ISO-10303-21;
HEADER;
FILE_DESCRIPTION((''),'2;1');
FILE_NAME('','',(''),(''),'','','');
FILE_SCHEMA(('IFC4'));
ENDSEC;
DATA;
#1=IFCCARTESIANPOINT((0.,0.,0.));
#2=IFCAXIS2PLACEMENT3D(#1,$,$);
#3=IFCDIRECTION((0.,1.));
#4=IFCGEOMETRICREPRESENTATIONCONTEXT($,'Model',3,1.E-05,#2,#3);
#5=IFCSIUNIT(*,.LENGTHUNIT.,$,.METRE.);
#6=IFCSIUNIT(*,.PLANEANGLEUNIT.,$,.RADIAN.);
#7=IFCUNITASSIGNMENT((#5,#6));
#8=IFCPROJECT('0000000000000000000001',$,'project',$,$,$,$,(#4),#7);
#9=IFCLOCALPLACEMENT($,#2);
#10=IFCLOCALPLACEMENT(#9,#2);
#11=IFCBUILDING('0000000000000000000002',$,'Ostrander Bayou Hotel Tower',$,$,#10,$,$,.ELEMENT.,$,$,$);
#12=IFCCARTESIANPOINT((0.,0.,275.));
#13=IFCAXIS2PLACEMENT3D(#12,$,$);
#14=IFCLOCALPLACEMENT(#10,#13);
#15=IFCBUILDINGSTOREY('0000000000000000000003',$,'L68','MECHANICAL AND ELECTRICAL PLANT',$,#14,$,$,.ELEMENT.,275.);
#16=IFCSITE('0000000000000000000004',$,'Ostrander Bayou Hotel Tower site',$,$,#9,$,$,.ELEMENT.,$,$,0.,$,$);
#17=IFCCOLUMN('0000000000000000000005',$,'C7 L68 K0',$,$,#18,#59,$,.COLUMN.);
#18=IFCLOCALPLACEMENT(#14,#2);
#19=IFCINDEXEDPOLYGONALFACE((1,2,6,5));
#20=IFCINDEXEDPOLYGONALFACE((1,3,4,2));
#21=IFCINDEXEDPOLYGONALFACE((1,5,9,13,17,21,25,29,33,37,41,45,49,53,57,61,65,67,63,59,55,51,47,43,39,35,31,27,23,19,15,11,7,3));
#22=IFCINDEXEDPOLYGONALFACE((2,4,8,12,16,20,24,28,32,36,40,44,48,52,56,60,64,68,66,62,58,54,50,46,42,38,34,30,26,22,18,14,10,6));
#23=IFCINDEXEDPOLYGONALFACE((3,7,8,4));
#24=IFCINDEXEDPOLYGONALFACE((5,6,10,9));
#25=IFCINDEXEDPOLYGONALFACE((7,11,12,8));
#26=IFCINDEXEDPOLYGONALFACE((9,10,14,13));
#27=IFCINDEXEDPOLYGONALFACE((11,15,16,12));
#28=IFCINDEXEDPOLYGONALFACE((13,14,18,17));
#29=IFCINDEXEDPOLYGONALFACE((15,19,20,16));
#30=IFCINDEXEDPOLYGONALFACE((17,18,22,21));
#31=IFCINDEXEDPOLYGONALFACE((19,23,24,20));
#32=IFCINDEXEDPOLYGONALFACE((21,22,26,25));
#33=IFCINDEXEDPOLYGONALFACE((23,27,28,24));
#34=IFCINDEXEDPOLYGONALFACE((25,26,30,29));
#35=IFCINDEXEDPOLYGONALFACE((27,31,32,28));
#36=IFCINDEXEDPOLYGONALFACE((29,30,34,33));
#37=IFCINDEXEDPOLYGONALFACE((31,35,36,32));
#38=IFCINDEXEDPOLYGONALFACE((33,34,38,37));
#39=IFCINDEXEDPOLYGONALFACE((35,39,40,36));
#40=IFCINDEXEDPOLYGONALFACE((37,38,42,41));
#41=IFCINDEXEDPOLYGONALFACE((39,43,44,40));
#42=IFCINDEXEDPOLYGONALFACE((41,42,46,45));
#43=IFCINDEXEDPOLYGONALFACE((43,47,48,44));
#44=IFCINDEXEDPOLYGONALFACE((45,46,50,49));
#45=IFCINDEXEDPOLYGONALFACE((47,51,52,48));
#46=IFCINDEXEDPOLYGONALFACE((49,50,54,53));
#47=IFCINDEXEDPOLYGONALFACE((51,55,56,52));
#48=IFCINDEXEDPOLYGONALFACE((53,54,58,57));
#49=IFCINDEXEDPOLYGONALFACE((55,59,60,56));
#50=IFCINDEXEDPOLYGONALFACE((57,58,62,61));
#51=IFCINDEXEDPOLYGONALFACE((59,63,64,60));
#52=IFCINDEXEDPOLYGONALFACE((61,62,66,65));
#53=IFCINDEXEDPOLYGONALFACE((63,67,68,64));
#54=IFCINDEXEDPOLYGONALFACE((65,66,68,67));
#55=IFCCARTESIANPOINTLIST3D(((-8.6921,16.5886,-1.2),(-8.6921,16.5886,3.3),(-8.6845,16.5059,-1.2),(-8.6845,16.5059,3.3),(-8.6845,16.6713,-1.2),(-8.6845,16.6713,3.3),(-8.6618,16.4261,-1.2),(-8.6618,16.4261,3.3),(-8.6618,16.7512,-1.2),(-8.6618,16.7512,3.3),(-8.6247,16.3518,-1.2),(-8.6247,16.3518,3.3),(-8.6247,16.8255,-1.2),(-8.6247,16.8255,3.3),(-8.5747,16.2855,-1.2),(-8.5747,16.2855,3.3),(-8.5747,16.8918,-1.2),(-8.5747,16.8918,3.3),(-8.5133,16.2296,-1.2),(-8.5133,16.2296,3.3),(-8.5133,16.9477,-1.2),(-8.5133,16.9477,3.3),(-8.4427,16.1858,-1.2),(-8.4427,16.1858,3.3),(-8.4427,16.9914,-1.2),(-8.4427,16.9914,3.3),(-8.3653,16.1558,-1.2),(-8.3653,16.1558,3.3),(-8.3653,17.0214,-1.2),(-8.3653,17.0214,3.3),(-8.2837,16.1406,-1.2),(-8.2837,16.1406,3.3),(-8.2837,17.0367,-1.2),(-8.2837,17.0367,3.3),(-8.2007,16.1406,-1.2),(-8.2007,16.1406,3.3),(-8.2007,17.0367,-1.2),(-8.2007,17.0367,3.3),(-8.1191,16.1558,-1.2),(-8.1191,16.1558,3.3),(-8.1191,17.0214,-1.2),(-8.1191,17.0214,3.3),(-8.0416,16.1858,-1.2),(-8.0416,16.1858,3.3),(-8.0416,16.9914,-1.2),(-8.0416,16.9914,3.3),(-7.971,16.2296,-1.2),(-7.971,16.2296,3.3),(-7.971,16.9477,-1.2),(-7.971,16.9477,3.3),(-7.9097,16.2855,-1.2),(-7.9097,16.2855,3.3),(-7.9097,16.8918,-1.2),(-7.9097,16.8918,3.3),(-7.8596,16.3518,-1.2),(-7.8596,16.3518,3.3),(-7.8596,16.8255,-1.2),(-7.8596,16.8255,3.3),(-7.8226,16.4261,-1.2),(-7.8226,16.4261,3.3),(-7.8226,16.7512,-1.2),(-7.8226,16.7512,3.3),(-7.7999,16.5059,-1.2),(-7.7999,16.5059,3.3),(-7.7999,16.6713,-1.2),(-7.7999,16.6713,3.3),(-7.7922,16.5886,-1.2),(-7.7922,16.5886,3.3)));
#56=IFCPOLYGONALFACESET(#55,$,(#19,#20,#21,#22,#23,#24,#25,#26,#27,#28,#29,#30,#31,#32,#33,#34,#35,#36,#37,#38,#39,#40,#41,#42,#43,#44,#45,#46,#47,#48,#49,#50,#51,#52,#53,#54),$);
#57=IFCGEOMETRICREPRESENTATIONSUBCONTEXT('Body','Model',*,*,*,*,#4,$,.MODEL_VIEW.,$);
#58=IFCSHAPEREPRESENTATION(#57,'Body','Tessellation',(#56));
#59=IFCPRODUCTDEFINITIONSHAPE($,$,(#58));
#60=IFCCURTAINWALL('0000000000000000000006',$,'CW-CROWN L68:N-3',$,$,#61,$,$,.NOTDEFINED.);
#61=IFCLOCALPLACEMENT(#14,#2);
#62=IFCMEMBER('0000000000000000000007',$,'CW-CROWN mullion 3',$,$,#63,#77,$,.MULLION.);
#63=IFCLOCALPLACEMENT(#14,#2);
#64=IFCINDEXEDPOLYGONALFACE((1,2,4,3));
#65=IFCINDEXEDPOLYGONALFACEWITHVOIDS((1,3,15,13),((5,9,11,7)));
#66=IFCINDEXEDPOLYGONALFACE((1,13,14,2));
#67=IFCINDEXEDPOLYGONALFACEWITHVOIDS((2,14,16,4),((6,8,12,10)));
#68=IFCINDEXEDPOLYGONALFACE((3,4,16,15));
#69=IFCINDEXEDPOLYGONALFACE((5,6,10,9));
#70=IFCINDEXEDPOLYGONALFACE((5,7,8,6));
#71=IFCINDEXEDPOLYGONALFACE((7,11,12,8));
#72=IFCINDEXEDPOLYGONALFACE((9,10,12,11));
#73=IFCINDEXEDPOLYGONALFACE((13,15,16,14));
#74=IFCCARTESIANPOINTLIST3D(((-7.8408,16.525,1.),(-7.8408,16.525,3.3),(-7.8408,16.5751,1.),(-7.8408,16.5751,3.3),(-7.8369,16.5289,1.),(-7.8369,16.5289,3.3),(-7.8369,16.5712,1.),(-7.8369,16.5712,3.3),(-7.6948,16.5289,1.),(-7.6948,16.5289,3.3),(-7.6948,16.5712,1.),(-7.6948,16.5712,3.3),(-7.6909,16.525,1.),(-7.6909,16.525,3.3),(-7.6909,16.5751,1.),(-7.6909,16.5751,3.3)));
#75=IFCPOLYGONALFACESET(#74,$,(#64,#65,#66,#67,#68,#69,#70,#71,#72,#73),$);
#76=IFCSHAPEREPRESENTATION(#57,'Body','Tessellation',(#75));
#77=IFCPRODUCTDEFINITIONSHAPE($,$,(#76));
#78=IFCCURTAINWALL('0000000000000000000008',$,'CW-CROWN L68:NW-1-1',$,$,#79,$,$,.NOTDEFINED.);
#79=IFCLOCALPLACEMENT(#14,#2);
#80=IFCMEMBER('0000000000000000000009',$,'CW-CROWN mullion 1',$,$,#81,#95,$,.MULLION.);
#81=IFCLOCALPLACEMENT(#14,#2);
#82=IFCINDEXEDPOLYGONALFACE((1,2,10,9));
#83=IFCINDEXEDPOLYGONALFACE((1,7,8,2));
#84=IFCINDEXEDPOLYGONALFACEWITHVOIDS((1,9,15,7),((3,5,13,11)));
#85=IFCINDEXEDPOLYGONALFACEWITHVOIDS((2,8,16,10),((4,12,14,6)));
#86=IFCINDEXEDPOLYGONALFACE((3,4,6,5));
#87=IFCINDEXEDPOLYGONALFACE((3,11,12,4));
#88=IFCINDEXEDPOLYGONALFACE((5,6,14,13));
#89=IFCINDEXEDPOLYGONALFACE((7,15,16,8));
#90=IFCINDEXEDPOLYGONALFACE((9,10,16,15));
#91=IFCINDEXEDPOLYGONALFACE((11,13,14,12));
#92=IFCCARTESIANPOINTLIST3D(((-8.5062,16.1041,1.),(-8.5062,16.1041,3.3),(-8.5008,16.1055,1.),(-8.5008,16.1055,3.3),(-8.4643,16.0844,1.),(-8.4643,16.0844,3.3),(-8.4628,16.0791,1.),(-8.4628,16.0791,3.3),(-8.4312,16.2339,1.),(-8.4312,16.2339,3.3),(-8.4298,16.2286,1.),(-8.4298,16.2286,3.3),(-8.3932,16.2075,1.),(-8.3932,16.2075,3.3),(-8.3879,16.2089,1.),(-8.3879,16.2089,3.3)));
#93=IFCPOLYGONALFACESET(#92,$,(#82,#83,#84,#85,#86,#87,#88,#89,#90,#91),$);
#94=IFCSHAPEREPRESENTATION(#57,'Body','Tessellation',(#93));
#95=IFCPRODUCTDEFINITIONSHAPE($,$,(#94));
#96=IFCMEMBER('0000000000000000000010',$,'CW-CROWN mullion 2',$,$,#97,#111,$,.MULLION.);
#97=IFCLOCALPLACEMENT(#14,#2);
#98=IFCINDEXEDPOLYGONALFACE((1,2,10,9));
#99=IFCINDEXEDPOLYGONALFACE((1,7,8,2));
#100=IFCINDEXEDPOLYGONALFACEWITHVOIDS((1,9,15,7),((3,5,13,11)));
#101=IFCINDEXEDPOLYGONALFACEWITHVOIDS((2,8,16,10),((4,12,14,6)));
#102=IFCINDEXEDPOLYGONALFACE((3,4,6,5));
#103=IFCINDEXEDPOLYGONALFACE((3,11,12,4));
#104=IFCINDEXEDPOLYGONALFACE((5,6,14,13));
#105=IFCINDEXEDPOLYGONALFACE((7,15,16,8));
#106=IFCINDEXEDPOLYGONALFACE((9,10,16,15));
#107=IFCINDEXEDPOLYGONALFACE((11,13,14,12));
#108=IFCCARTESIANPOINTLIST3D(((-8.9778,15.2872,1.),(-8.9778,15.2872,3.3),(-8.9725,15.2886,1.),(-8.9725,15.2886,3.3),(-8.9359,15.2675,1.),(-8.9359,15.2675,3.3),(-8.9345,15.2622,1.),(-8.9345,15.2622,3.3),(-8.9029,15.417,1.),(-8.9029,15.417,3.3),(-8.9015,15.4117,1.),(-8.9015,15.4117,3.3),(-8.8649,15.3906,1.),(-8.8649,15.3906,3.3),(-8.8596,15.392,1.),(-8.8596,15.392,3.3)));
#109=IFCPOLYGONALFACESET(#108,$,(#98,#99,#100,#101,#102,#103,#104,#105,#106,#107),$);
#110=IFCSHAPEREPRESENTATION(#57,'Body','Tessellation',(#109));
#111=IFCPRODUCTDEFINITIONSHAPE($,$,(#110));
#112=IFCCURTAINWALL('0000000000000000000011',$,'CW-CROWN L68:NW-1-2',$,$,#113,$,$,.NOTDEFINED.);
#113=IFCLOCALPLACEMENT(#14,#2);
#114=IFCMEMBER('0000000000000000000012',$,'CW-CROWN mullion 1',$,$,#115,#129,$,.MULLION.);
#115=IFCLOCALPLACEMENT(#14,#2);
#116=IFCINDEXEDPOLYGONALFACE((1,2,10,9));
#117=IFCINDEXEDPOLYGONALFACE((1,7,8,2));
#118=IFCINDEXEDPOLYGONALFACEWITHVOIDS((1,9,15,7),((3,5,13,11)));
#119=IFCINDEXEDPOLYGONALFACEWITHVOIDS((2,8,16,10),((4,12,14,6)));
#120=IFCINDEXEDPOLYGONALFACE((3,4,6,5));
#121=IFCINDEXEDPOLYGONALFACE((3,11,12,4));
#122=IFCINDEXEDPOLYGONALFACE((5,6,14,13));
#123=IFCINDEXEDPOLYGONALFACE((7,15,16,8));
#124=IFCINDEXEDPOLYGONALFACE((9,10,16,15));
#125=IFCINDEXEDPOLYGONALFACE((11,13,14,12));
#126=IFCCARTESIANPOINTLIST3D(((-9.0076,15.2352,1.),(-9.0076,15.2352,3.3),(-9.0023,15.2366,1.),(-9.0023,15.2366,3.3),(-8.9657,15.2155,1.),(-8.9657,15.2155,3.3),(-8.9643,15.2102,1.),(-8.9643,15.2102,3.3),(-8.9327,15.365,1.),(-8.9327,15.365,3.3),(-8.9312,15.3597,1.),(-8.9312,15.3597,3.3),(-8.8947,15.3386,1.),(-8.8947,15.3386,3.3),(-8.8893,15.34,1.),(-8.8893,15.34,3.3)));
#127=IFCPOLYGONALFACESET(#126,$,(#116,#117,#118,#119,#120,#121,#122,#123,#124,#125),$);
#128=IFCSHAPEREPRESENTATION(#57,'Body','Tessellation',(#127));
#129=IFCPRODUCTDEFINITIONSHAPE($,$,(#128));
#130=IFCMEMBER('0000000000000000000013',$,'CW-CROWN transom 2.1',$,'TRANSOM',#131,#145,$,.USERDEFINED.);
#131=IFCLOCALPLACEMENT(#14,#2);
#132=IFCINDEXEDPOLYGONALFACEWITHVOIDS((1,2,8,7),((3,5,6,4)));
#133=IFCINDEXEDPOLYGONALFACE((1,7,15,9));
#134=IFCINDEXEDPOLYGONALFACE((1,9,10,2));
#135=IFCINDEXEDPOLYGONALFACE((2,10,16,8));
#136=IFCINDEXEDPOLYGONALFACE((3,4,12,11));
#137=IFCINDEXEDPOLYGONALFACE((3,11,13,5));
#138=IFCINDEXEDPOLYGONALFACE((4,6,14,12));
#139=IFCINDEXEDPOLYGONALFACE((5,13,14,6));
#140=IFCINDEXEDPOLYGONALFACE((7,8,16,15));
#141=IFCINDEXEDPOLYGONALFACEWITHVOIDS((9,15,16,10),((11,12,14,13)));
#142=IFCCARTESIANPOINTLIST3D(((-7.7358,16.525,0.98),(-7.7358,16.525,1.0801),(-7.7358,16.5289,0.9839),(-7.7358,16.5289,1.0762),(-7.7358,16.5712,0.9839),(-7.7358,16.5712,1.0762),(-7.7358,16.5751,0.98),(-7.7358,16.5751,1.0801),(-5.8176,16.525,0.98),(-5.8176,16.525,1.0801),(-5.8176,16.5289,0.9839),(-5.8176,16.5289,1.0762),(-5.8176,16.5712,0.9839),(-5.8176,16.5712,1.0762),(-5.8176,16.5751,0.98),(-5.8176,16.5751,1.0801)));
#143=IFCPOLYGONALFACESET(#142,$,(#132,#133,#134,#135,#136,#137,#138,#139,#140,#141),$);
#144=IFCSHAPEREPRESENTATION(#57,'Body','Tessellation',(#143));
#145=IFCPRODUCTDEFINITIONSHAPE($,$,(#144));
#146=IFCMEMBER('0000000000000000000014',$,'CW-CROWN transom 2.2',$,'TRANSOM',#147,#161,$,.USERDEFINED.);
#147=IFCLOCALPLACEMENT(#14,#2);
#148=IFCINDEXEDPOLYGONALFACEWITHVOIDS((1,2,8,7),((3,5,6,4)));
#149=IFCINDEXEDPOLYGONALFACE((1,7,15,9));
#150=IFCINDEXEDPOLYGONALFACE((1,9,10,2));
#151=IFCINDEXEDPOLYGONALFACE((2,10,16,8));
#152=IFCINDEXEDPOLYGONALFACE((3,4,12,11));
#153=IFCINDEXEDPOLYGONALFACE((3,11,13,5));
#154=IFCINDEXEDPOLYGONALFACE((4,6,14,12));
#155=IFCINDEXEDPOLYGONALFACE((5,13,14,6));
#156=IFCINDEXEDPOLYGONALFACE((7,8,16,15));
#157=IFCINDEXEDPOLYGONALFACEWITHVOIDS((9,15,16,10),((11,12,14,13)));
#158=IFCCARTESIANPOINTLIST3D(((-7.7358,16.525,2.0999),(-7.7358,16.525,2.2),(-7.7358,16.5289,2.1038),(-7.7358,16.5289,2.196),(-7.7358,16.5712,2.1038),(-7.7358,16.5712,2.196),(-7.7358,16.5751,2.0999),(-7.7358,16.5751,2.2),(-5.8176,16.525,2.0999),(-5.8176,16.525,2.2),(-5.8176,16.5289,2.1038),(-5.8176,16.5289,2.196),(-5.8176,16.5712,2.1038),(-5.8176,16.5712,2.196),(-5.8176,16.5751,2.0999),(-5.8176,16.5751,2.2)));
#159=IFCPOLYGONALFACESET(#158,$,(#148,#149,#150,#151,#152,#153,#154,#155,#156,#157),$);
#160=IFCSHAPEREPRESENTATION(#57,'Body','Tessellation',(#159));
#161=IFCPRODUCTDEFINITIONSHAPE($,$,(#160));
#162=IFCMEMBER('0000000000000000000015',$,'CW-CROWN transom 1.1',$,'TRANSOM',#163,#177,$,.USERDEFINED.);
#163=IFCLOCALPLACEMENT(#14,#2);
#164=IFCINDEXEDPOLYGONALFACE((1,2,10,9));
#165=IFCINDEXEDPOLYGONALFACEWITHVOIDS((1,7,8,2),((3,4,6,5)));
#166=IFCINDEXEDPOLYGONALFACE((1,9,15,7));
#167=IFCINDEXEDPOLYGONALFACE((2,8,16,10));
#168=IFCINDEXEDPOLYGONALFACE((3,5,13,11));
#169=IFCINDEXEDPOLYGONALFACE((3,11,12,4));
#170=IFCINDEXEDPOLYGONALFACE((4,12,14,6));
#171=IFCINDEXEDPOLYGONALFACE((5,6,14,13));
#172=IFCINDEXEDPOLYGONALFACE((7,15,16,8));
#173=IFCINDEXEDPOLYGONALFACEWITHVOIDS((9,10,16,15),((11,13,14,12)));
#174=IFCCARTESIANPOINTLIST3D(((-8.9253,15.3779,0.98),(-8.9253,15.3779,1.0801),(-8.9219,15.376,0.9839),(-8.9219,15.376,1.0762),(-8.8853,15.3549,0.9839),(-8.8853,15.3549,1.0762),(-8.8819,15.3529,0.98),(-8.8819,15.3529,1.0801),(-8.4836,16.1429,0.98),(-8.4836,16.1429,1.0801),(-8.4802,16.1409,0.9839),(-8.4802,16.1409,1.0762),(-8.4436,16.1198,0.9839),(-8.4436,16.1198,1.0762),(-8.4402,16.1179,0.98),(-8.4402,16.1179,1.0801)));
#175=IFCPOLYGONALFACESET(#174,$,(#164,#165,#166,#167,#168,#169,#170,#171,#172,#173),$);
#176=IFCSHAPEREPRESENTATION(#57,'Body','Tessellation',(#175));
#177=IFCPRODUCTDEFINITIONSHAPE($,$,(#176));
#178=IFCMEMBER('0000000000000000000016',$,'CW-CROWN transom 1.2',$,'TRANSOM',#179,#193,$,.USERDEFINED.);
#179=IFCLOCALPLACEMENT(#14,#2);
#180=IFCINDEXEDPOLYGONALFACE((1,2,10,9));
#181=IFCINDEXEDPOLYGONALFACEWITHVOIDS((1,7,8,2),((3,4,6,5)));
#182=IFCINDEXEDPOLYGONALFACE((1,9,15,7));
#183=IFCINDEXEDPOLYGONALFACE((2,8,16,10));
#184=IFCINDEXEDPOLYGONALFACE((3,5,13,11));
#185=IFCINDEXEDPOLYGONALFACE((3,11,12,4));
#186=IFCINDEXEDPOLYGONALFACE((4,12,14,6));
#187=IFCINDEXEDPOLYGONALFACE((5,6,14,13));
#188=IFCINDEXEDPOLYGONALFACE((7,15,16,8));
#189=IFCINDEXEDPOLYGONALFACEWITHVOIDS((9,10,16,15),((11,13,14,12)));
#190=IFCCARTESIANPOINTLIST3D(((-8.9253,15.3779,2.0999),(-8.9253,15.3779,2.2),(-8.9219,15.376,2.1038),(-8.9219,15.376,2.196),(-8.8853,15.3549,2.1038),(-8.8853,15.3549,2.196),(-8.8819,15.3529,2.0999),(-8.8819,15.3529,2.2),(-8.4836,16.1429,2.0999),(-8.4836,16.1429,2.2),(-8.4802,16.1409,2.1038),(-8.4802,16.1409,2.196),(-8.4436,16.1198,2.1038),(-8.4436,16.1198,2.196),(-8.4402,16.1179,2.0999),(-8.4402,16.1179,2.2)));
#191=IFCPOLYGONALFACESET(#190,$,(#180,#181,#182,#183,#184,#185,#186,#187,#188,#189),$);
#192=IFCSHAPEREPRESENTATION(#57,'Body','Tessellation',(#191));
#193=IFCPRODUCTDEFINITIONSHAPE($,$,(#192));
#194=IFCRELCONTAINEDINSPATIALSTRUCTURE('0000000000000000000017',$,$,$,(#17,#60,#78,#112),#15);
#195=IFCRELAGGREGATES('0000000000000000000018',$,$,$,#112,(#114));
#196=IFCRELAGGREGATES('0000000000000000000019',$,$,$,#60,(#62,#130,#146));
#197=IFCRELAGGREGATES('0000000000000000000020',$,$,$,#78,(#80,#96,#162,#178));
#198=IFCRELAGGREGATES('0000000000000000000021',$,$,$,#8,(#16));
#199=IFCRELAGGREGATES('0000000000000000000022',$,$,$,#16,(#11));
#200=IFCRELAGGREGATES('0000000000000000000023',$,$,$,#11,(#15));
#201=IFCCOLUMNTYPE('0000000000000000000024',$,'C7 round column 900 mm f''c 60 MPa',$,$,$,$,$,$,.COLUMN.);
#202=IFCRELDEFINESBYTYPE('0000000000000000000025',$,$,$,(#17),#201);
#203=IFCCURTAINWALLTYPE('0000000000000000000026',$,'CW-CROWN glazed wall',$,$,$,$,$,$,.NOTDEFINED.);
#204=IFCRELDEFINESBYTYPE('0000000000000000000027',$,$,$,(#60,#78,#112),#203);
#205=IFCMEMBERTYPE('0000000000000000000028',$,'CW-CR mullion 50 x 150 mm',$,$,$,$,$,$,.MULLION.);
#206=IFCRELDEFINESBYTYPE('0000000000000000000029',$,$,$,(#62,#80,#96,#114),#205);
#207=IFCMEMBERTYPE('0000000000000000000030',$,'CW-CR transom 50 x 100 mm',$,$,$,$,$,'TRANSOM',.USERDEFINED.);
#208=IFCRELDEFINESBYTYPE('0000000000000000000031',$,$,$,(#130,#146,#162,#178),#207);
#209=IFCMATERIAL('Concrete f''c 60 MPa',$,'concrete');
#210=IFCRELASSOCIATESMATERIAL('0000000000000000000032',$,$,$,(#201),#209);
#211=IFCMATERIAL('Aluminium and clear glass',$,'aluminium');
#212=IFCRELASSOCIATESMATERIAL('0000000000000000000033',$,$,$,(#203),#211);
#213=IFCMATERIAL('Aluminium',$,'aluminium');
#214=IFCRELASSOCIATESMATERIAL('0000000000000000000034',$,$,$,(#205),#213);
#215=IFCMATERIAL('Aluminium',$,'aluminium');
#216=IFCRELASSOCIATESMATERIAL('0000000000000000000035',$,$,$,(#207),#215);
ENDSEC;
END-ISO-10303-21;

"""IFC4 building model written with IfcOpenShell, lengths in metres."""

from ifc_helpers import new_model, si_unit, direction, frame, origin, origin_2d, place, context, subcontext, project, spatial, hollow_rectangle, circle, extrude, material, material_profile, profile_set, type_object, element, aggregate, save


model = new_model("IFC4")

# Units and contexts
model_context = context("Model", 3, precision=1e-05, world=origin(), true_north=direction((0.0, 1.0)))
body_context = subcontext(model_context, "Body", "Model", "MODEL_VIEW")
ifc_project = project(units=[si_unit("LENGTHUNIT", "METRE"), si_unit("PLANEANGLEUNIT", "RADIAN")], contexts=[model_context])

# Site, building, storey
site_placement = place(None, origin())
site = spatial("IfcSite", under=ifc_project, at=site_placement, Name="Ostrander Bayou Hotel Tower site", CompositionType="ELEMENT", RefElevation=0.0)
building_placement = place(site_placement, origin())
building = spatial("IfcBuilding", under=site, at=building_placement, Name="Ostrander Bayou Hotel Tower", CompositionType="ELEMENT")
storey_placement = place(building_placement, frame((0.0, 0.0, 275.0)))
storey = spatial("IfcBuildingStorey", under=building, at=storey_placement, Name="L68", Description="MECHANICAL AND ELECTRICAL PLANT", CompositionType="ELEMENT", Elevation=275.0)

# Column
ifc_material_1 = material(Name="Concrete f'c 60 MPa", Category="concrete")
ifc_material_profile_1 = material_profile(ifc_material_1, circle(Radius=0.45, at=origin_2d()))
ifc_profile_set_1 = profile_set([ifc_material_profile_1], Name="Concrete f'c 60 MPa")
column_type = type_object("IfcColumnType", Name="C7 round column 900 mm f'c 60 MPa", PredefinedType="COLUMN", material=ifc_profile_set_1)
column_placement = place(storey_placement, frame((-8.2422, 16.5886, -1.2), z_axis=(0.0, 0.0, 1.0), x_axis=(1.0, 0.0, 0.0)))
element("IfcColumn", 1, at=column_placement, inside=storey, type_object=column_type, Name="C7 L68 K0", PredefinedType="COLUMN", context=body_context, shape_type="SweptSolid", body=[
    extrude(circle(Radius=0.45, at=origin_2d()), origin(), (0.0, 0.0, 1.0), 4.5),
])

# Curtain wall, member
ifc_material_2 = material(Name="Aluminium and clear glass", Category="aluminium")
curtain_wall_type = type_object("IfcCurtainWallType", Name="CW-CROWN glazed wall", PredefinedType="NOTDEFINED", material=ifc_material_2)
curtain_wall_1_placement = place(storey_placement, origin())
curtain_wall_1 = element("IfcCurtainWall", 2, at=curtain_wall_1_placement, inside=storey, type_object=curtain_wall_type, Name="CW-CROWN L68:N-3", PredefinedType="NOTDEFINED")
ifc_material_3 = material(Name="Aluminium", Category="aluminium")
ifc_material_profile_2 = material_profile(ifc_material_3, hollow_rectangle(XDim=0.05, YDim=0.1499, WallThickness=0.0039, at=origin_2d()))
ifc_profile_set_2 = profile_set([ifc_material_profile_2], Name="Aluminium")
member_type_1 = type_object("IfcMemberType", Name="CW-CR mullion 50 x 150 mm", PredefinedType="MULLION", material=ifc_profile_set_2)
member_1_placement = place(storey_placement, frame((-7.7659, 16.55, 1.0), z_axis=(0.0, 0.0, 1.0), x_axis=(0.0, -1.0, 0.0)))
member_1 = element("IfcMember", 3, at=member_1_placement, type_object=member_type_1, Name="CW-CROWN mullion 3", PredefinedType="MULLION", context=body_context, shape_type="SweptSolid", body=[
    extrude(hollow_rectangle(XDim=0.05, YDim=0.1499, WallThickness=0.0039, at=origin_2d()), origin(), (0.0, 0.0, 1.0), 2.3),
])

# Curtain wall, members
curtain_wall_2_placement = place(storey_placement, origin())
curtain_wall_2 = element("IfcCurtainWall", 4, at=curtain_wall_2_placement, inside=storey, type_object=curtain_wall_type, Name="CW-CROWN L68:NW-1-1", PredefinedType="NOTDEFINED")
member_2_placement = place(storey_placement, frame((-8.447, 16.1565, 1.0), z_axis=(0.0, 0.0, 1.0), x_axis=(0.866026, -0.499999, 0.0)))
member_2 = element("IfcMember", 5, at=member_2_placement, type_object=member_type_1, Name="CW-CROWN mullion 1", PredefinedType="MULLION", context=body_context, shape_type="SweptSolid", body=[
    extrude(hollow_rectangle(XDim=0.05, YDim=0.1499, WallThickness=0.0039, at=origin_2d()), origin(), (0.0, 0.0, 1.0), 2.3),
])
member_3_placement = place(storey_placement, frame((-8.9187, 15.3396, 1.0), z_axis=(0.0, 0.0, 1.0), x_axis=(0.866026, -0.499999, 0.0)))
member_3 = element("IfcMember", 6, at=member_3_placement, type_object=member_type_1, Name="CW-CROWN mullion 2", PredefinedType="MULLION", context=body_context, shape_type="SweptSolid", body=[
    extrude(hollow_rectangle(XDim=0.05, YDim=0.1499, WallThickness=0.0039, at=origin_2d()), origin(), (0.0, 0.0, 1.0), 2.3),
])

# Curtain wall, member
curtain_wall_3_placement = place(storey_placement, origin())
curtain_wall_3 = element("IfcCurtainWall", 7, at=curtain_wall_3_placement, inside=storey, type_object=curtain_wall_type, Name="CW-CROWN L68:NW-1-2", PredefinedType="NOTDEFINED")
member_4_placement = place(storey_placement, frame((-8.9485, 15.2876, 1.0), z_axis=(0.0, 0.0, 1.0), x_axis=(0.866001, -0.500042, 0.0)))
member_4 = element("IfcMember", 8, at=member_4_placement, type_object=member_type_1, Name="CW-CROWN mullion 1", PredefinedType="MULLION", context=body_context, shape_type="SweptSolid", body=[
    extrude(hollow_rectangle(XDim=0.05, YDim=0.1499, WallThickness=0.0039, at=origin_2d()), origin(), (0.0, 0.0, 1.0), 2.3),
])

# Members
ifc_material_4 = material(Name="Aluminium", Category="aluminium")
ifc_material_profile_3 = material_profile(ifc_material_4, hollow_rectangle(XDim=0.05, YDim=0.1001, WallThickness=0.0039, at=origin_2d()))
ifc_profile_set_3 = profile_set([ifc_material_profile_3], Name="Aluminium")
member_type_2 = type_object("IfcMemberType", Name="CW-CR transom 50 x 100 mm", ElementType="TRANSOM", PredefinedType="USERDEFINED", material=ifc_profile_set_3)
member_5_placement = place(storey_placement, frame((-5.8176, 16.55, 1.03), z_axis=(-1.0, 0.0, 0.0), x_axis=(0.0, -1.0, 0.0)))
member_5 = element("IfcMember", 9, at=member_5_placement, type_object=member_type_2, Name="CW-CROWN transom 2.1", ObjectType="TRANSOM", PredefinedType="USERDEFINED", context=body_context, shape_type="SweptSolid", body=[
    extrude(hollow_rectangle(XDim=0.05, YDim=0.1001, WallThickness=0.0039, at=origin_2d()), origin(), (0.0, 0.0, 1.0), 1.9182),
])
member_6_placement = place(storey_placement, frame((-5.8176, 16.55, 2.1499), z_axis=(-1.0, 0.0, 0.0), x_axis=(0.0, -1.0, 0.0)))
member_6 = element("IfcMember", 10, at=member_6_placement, type_object=member_type_2, Name="CW-CROWN transom 2.2", ObjectType="TRANSOM", PredefinedType="USERDEFINED", context=body_context, shape_type="SweptSolid", body=[
    extrude(hollow_rectangle(XDim=0.05, YDim=0.1001, WallThickness=0.0039, at=origin_2d()), origin(), (0.0, 0.0, 1.0), 1.9182),
])
member_7_placement = place(storey_placement, frame((-8.4619, 16.1304, 1.03), z_axis=(-0.500034, -0.866006, 0.0), x_axis=(0.866006, -0.500034, 0.0)))
member_7 = element("IfcMember", 11, at=member_7_placement, type_object=member_type_2, Name="CW-CROWN transom 1.1", ObjectType="TRANSOM", PredefinedType="USERDEFINED", context=body_context, shape_type="SweptSolid", body=[
    extrude(hollow_rectangle(XDim=0.05, YDim=0.1001, WallThickness=0.0039, at=origin_2d()), origin(), (0.0, 0.0, 1.0), 0.8833),
])
member_8_placement = place(storey_placement, frame((-8.4619, 16.1304, 2.1499), z_axis=(-0.500034, -0.866006, 0.0), x_axis=(0.866006, -0.500034, 0.0)))
member_8 = element("IfcMember", 12, at=member_8_placement, type_object=member_type_2, Name="CW-CROWN transom 1.2", ObjectType="TRANSOM", PredefinedType="USERDEFINED", context=body_context, shape_type="SweptSolid", body=[
    extrude(hollow_rectangle(XDim=0.05, YDim=0.1001, WallThickness=0.0039, at=origin_2d()), origin(), (0.0, 0.0, 1.0), 0.8833),
])
aggregate(curtain_wall_3, [member_4])

aggregate(curtain_wall_1, [member_1, member_5, member_6])
aggregate(curtain_wall_2, [member_2, member_3, member_7, member_8])

save(model, "model.ifc")
